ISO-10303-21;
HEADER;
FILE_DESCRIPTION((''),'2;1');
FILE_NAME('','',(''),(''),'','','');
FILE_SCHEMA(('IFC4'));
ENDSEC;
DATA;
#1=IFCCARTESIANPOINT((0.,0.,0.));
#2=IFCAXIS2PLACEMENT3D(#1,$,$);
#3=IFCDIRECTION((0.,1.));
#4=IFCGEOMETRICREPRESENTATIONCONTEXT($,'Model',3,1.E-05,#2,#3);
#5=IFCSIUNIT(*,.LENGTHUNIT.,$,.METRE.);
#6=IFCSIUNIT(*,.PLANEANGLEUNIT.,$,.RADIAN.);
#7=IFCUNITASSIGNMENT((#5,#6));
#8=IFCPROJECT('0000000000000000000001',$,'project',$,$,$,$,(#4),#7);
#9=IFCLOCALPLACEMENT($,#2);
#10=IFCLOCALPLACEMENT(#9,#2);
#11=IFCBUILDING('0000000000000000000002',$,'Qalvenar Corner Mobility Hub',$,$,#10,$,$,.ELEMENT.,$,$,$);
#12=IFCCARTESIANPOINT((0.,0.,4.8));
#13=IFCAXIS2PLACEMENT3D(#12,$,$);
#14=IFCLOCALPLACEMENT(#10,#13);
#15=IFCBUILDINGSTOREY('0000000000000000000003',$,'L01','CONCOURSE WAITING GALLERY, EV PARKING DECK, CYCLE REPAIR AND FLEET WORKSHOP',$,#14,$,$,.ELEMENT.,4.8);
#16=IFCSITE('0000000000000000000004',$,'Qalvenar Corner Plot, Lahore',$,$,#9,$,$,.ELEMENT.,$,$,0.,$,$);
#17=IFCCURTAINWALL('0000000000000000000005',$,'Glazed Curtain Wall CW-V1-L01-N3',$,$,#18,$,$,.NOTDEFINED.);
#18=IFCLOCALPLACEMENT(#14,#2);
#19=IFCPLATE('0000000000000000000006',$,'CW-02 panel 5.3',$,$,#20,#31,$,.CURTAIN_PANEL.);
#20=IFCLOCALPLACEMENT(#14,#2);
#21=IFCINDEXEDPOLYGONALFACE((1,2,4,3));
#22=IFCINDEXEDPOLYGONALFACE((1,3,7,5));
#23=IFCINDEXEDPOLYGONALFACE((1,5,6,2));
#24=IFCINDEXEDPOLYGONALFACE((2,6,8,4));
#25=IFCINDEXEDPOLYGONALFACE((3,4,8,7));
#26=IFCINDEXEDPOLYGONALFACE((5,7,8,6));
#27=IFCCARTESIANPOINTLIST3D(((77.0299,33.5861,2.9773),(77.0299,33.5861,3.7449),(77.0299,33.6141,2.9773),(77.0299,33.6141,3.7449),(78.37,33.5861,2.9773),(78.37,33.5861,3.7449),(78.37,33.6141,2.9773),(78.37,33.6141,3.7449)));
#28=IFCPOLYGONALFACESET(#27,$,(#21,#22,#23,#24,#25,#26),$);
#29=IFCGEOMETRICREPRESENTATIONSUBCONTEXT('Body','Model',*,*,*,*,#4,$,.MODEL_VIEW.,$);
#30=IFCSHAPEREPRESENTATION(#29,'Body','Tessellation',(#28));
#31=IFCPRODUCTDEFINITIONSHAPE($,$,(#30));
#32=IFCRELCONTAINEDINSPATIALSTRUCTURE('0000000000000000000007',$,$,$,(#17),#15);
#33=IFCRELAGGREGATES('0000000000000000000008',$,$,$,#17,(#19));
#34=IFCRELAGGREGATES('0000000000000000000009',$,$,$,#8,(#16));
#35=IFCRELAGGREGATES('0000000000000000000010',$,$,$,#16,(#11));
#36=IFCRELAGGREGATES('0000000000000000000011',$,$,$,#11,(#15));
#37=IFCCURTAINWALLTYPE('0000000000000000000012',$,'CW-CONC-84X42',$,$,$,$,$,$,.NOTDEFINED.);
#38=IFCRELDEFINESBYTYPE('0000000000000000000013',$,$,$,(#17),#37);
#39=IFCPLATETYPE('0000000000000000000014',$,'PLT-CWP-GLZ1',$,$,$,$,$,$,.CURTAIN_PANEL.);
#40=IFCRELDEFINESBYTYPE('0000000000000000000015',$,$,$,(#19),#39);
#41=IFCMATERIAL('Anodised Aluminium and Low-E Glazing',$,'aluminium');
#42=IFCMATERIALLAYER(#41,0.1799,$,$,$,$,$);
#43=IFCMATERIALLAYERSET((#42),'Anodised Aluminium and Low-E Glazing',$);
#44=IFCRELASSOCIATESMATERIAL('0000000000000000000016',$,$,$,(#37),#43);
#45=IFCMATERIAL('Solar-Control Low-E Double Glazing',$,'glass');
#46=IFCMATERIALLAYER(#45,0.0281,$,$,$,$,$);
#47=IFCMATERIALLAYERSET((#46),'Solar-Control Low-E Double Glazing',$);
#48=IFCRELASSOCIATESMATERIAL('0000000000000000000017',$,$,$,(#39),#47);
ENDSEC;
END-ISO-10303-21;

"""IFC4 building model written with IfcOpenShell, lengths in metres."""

from ifc_helpers import new_model, si_unit, direction, frame, origin, origin_2d, place, context, subcontext, project, spatial, rectangle, extrude, material, layer, layer_set, type_object, element, aggregate, save


model = new_model("IFC4")

# Units and contexts
model_context = context("Model", 3, precision=1e-05, world=origin(), true_north=direction((0.0, 1.0)))
body_context = subcontext(model_context, "Body", "Model", "MODEL_VIEW")
ifc_project = project(units=[si_unit("LENGTHUNIT", "METRE"), si_unit("PLANEANGLEUNIT", "RADIAN")], contexts=[model_context])

# Site, building, storey
site_placement = place(None, origin())
site = spatial("IfcSite", under=ifc_project, at=site_placement, Name="Qalvenar Corner Plot, Lahore", CompositionType="ELEMENT", RefElevation=0.0)
building_placement = place(site_placement, origin())
building = spatial("IfcBuilding", under=site, at=building_placement, Name="Qalvenar Corner Mobility Hub", CompositionType="ELEMENT")
storey_placement = place(building_placement, frame((0.0, 0.0, 4.8)))
storey = spatial("IfcBuildingStorey", under=building, at=storey_placement, Name="L01", Description="CONCOURSE WAITING GALLERY, EV PARKING DECK, CYCLE REPAIR AND FLEET WORKSHOP", CompositionType="ELEMENT", Elevation=4.8)

# Curtain wall, plate
ifc_material_1 = material(Name="Anodised Aluminium and Low-E Glazing", Category="aluminium")
ifc_layer_1 = layer(ifc_material_1, 0.1799)
ifc_layer_set_1 = layer_set([ifc_layer_1], Name="Anodised Aluminium and Low-E Glazing")
curtain_wall_type = type_object("IfcCurtainWallType", Name="CW-CONC-84X42", PredefinedType="NOTDEFINED", material=ifc_layer_set_1)
curtain_wall_placement = place(storey_placement, origin())
curtain_wall = element("IfcCurtainWall", 1, at=curtain_wall_placement, inside=storey, type_object=curtain_wall_type, Name="Glazed Curtain Wall CW-V1-L01-N3", PredefinedType="NOTDEFINED")
ifc_material_2 = material(Name="Solar-Control Low-E Double Glazing", Category="glass")
ifc_layer_2 = layer(ifc_material_2, 0.0281)
ifc_layer_set_2 = layer_set([ifc_layer_2], Name="Solar-Control Low-E Double Glazing")
plate_type = type_object("IfcPlateType", Name="PLT-CWP-GLZ1", PredefinedType="CURTAIN_PANEL", material=ifc_layer_set_2)
plate_1_placement = place(storey_placement, frame((77.7, 33.6001, 2.9773), z_axis=(0.0, 0.0, 1.0), x_axis=(-1.0, 0.0, 0.0)))
plate_1 = element("IfcPlate", 2, at=plate_1_placement, type_object=plate_type, Name="CW-02 panel 5.3", PredefinedType="CURTAIN_PANEL", context=body_context, shape_type="SweptSolid", body=[
    extrude(rectangle(XDim=1.3401, YDim=0.0281, at=origin_2d()), origin(), (0.0, 0.0, 1.0), 0.7676),
])
aggregate(curtain_wall, [plate_1])

save(model, "model.ifc")
